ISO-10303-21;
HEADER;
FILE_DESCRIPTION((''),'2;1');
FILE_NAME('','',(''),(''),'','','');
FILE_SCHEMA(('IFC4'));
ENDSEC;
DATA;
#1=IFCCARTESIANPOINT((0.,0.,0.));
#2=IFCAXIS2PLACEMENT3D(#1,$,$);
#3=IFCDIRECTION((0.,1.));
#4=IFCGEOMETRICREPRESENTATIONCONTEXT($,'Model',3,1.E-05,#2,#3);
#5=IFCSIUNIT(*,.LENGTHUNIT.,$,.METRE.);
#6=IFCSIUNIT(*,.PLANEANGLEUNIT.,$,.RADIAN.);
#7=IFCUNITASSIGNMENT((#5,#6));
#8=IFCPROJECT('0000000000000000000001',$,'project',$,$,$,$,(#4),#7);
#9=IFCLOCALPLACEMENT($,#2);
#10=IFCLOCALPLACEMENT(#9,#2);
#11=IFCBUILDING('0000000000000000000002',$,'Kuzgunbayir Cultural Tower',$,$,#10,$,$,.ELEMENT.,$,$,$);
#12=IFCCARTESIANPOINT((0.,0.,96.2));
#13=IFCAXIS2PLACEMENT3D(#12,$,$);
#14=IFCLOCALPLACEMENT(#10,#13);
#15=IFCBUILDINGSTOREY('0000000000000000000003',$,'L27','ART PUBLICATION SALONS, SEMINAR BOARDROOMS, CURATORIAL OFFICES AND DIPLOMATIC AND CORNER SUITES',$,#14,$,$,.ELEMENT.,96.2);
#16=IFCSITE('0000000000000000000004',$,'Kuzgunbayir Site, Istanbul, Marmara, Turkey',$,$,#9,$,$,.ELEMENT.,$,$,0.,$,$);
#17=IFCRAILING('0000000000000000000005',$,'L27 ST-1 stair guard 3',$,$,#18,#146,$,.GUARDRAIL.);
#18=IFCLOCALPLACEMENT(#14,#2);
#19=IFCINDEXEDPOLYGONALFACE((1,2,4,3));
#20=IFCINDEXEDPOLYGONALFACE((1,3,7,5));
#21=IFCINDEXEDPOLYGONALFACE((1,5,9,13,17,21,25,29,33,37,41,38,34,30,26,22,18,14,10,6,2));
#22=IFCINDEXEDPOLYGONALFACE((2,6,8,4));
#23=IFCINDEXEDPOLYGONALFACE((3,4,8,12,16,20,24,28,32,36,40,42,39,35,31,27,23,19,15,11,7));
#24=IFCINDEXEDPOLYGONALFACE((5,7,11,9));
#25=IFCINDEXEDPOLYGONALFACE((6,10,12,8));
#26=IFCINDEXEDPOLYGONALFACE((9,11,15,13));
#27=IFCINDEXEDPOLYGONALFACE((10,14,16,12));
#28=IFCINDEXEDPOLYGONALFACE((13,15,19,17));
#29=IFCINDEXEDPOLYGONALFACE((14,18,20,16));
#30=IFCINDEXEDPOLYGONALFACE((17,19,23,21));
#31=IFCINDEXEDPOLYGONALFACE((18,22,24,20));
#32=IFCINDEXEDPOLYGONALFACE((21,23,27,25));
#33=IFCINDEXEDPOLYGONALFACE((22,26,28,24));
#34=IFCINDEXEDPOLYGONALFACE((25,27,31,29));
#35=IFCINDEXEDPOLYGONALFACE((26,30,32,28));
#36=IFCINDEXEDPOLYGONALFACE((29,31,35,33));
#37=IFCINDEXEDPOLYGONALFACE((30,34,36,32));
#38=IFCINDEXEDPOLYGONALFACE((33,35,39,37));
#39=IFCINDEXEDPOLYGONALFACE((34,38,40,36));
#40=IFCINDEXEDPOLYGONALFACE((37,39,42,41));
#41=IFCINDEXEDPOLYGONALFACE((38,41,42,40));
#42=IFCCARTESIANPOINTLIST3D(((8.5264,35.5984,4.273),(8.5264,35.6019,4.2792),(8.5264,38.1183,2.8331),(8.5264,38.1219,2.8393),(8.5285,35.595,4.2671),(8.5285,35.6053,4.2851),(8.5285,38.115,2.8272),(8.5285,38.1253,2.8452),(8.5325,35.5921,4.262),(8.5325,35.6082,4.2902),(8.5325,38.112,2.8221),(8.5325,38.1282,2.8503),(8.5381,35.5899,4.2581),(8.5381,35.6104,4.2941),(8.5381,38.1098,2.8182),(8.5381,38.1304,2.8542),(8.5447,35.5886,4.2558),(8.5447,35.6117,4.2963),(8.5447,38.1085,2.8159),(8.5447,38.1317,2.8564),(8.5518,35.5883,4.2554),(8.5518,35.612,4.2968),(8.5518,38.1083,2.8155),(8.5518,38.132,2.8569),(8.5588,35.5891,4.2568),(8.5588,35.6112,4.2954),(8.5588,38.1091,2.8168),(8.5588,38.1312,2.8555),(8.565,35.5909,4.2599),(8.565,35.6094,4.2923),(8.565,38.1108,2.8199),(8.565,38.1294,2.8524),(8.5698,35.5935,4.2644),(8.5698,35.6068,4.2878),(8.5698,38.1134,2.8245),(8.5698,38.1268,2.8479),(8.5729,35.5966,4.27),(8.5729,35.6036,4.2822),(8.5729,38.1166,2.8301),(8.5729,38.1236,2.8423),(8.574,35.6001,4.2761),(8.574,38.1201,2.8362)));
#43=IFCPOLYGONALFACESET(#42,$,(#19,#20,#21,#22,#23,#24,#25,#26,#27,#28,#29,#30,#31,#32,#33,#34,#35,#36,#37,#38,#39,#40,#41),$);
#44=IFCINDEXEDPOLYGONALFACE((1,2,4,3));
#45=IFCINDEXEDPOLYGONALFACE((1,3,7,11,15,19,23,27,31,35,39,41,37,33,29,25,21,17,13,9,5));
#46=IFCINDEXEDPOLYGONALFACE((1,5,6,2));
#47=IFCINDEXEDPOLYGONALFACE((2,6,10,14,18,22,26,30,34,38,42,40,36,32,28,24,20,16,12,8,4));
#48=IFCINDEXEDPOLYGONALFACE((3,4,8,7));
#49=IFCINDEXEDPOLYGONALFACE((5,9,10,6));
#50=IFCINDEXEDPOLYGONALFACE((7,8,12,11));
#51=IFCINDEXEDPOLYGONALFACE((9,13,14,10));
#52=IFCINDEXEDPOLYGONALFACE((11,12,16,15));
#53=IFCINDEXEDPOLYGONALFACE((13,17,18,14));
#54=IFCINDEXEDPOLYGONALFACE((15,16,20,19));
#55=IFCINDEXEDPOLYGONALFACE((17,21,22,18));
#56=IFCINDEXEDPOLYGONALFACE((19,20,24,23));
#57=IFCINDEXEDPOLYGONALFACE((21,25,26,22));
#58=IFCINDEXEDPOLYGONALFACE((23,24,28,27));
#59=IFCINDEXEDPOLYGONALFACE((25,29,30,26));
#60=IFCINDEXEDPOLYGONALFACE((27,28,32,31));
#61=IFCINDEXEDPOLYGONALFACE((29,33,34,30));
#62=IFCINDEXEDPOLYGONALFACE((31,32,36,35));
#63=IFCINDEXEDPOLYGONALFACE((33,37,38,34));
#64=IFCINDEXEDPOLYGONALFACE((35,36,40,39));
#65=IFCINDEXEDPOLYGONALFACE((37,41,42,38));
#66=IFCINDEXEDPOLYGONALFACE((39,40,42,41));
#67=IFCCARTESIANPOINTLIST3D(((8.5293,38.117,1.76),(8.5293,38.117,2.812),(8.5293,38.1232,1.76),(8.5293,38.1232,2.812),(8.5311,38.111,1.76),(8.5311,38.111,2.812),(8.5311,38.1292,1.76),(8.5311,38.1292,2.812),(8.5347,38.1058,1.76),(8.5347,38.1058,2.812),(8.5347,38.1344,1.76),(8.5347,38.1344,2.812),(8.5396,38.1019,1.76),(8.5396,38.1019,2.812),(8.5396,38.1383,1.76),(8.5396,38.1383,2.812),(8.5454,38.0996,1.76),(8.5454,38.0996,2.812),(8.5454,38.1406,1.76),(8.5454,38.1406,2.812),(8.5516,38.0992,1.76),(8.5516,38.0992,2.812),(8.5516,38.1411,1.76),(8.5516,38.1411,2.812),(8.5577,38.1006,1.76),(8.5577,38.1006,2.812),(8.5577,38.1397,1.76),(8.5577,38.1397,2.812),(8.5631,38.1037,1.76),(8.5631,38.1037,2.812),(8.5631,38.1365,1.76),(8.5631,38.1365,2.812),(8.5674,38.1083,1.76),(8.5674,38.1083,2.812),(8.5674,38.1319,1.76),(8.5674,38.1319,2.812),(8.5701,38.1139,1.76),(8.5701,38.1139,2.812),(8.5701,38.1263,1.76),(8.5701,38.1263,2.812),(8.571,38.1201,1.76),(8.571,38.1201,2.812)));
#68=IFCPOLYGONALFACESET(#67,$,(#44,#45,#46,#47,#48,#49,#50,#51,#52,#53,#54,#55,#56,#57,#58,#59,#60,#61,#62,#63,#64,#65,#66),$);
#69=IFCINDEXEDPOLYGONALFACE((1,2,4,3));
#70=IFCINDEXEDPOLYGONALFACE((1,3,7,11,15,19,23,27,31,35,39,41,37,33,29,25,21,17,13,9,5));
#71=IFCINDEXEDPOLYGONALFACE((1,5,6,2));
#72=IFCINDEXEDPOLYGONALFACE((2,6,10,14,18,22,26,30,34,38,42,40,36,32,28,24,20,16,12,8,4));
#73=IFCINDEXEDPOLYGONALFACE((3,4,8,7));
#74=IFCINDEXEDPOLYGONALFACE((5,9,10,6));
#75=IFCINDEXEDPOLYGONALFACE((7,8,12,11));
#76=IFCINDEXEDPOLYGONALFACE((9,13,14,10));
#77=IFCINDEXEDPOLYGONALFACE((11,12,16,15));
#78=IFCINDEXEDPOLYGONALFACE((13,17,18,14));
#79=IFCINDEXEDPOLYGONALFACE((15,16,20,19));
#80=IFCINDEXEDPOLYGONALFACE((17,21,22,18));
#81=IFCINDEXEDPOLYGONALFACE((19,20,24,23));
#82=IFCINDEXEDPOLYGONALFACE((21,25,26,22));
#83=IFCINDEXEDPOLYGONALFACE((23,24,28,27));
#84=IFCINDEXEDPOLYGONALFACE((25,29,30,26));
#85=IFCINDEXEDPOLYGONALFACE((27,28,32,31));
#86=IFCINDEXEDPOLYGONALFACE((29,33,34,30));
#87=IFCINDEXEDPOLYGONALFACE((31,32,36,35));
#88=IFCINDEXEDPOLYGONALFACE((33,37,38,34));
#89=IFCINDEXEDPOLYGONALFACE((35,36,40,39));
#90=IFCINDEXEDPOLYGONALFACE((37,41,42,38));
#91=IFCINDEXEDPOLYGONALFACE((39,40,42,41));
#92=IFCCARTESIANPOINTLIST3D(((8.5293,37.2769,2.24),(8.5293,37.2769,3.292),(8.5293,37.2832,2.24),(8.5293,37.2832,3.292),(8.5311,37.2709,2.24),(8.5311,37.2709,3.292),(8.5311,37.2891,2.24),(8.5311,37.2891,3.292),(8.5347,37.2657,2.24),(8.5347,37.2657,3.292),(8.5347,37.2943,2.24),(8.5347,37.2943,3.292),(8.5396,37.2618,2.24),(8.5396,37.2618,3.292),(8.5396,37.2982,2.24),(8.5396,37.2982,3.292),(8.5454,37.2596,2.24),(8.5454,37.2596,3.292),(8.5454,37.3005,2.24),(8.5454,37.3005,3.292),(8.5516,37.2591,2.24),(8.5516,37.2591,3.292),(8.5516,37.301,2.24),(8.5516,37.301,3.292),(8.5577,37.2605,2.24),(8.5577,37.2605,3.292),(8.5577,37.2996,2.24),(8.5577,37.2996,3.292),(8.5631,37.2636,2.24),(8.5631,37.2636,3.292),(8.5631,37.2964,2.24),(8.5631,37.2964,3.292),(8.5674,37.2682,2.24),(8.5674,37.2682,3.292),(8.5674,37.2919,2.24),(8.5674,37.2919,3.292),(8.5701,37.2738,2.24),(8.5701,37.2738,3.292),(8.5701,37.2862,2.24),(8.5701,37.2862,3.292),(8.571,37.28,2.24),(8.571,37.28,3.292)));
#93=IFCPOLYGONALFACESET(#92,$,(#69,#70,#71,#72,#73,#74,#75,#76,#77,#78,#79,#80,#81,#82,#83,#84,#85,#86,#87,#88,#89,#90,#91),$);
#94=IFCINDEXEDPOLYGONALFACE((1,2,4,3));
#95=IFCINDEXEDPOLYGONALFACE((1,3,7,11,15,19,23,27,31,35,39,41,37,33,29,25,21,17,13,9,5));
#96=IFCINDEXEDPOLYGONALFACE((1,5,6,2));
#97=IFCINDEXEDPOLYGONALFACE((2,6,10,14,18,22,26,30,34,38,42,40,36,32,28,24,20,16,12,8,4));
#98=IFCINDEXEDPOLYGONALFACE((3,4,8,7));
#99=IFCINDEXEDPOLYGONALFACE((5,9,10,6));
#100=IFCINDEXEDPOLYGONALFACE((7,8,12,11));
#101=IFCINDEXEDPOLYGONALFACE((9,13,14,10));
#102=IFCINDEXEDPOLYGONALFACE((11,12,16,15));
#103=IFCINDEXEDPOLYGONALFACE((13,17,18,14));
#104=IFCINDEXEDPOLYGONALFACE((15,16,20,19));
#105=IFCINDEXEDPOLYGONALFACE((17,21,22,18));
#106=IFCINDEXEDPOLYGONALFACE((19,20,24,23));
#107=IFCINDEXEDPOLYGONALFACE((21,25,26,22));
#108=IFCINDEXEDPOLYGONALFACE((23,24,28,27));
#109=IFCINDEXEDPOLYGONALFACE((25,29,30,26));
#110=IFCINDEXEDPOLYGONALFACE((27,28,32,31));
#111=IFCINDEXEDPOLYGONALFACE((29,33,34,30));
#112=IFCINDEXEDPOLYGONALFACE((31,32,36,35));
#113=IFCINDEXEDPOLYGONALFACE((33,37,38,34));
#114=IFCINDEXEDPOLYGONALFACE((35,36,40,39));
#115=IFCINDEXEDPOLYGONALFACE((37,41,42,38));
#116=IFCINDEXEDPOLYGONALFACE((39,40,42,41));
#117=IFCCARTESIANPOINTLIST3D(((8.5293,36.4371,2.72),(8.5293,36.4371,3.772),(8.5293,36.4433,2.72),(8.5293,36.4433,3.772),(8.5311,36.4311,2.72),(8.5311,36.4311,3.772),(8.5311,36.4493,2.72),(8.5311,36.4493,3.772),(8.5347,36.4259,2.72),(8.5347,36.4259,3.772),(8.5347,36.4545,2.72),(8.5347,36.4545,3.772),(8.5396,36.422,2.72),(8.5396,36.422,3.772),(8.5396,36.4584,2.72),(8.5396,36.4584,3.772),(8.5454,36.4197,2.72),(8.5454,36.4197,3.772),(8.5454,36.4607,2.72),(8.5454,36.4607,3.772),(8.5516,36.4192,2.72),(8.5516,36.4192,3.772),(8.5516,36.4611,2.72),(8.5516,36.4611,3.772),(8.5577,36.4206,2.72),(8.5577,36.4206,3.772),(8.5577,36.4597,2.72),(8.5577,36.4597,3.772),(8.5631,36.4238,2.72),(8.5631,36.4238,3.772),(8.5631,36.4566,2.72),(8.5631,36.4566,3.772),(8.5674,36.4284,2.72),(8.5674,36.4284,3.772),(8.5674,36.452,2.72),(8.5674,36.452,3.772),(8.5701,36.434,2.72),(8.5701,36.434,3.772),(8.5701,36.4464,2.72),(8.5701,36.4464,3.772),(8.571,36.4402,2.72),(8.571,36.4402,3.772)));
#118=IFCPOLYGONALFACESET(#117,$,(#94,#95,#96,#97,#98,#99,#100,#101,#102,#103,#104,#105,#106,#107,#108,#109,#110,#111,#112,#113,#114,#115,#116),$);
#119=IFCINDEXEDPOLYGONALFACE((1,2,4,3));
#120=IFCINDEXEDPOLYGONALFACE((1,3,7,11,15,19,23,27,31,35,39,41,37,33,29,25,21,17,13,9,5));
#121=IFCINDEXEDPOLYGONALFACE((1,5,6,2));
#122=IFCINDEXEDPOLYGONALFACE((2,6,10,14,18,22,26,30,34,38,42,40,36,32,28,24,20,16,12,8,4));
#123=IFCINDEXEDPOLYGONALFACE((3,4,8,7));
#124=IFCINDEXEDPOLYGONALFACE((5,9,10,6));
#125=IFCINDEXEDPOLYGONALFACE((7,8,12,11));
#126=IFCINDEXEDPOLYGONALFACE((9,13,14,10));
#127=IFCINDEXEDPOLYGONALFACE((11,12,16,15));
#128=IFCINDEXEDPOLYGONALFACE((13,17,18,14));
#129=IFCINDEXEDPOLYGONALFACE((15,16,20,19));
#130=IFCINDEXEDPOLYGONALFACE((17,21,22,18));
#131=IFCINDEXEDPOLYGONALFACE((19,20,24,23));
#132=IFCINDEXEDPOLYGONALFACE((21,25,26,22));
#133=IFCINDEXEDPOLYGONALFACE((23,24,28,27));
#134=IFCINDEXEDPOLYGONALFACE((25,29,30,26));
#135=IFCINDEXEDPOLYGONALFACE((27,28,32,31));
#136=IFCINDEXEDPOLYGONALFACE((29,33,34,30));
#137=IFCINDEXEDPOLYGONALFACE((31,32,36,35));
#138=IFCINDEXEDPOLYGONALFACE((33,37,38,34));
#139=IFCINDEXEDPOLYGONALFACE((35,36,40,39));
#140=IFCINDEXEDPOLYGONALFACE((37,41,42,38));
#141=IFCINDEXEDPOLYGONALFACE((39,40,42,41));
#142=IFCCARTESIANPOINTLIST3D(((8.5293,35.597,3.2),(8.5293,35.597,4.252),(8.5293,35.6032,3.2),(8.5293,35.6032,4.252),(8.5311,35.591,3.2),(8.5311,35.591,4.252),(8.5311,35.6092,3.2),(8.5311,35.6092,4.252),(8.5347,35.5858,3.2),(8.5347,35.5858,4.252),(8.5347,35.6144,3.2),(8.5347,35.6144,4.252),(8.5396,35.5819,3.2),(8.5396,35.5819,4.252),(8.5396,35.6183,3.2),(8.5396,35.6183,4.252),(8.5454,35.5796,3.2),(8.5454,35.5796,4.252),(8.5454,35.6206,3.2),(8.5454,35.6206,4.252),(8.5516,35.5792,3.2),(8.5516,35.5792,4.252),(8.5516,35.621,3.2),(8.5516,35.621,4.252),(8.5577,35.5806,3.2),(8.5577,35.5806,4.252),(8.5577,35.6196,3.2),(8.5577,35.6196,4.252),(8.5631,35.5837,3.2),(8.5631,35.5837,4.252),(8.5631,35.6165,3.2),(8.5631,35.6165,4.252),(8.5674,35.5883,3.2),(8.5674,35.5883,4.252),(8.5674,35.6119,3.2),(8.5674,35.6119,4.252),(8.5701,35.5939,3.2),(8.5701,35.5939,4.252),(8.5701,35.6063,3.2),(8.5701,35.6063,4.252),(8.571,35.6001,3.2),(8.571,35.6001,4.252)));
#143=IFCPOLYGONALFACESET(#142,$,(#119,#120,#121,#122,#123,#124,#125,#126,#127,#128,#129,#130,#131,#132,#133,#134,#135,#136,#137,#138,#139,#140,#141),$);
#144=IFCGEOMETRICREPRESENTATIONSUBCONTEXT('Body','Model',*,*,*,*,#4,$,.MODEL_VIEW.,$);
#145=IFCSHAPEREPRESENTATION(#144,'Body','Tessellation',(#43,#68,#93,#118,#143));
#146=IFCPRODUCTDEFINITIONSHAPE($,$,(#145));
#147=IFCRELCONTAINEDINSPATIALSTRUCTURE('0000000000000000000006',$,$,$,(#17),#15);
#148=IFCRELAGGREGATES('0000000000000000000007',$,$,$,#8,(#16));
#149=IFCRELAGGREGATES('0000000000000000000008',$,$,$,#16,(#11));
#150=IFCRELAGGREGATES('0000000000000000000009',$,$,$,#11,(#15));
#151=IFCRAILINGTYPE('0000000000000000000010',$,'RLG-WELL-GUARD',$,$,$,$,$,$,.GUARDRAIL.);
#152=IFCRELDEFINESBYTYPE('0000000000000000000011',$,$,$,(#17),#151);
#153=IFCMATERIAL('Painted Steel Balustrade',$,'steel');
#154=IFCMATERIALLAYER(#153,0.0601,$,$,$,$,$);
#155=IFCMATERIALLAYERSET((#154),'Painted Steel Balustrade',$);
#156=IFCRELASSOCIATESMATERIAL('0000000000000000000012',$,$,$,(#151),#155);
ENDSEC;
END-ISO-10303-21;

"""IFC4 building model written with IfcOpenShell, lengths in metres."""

from ifc_helpers import new_model, si_unit, direction, frame, origin, origin_2d, place, context, subcontext, project, spatial, circle, extrude, material, layer, layer_set, type_object, element, save


model = new_model("IFC4")

# Units and contexts
model_context = context("Model", 3, precision=1e-05, world=origin(), true_north=direction((0.0, 1.0)))
body_context = subcontext(model_context, "Body", "Model", "MODEL_VIEW")
ifc_project = project(units=[si_unit("LENGTHUNIT", "METRE"), si_unit("PLANEANGLEUNIT", "RADIAN")], contexts=[model_context])

# Site, building, storey
site_placement = place(None, origin())
site = spatial("IfcSite", under=ifc_project, at=site_placement, Name="Kuzgunbayir Site, Istanbul, Marmara, Turkey", CompositionType="ELEMENT", RefElevation=0.0)
building_placement = place(site_placement, origin())
building = spatial("IfcBuilding", under=site, at=building_placement, Name="Kuzgunbayir Cultural Tower", CompositionType="ELEMENT")
storey_placement = place(building_placement, frame((0.0, 0.0, 96.2)))
storey = spatial("IfcBuildingStorey", under=building, at=storey_placement, Name="L27", Description="ART PUBLICATION SALONS, SEMINAR BOARDROOMS, CURATORIAL OFFICES AND DIPLOMATIC AND CORNER SUITES", CompositionType="ELEMENT", Elevation=96.2)

# Railing
ifc_material_1 = material(Name="Painted Steel Balustrade", Category="steel")
ifc_layer_1 = layer(ifc_material_1, 0.0601)
ifc_layer_set_1 = layer_set([ifc_layer_1], Name="Painted Steel Balustrade")
railing_type_1 = type_object("IfcRailingType", Name="RLG-WELL-GUARD", PredefinedType="GUARDRAIL", material=ifc_layer_set_1)
railing_1_placement = place(storey_placement, frame((8.55, 38.1201, 1.76)))
element("IfcRailing", 1, at=railing_1_placement, inside=storey, type_object=railing_type_1, Name="L27 ST-1 stair guard 3", PredefinedType="GUARDRAIL", context=body_context, shape_type="SweptSolid", body=[
    extrude(circle(Radius=0.0239, at=origin_2d()), frame((0.0, 0.0, 1.0762), z_axis=(0.0, -0.868253, 0.496121), x_axis=(1.0, 0.0, 0.0)), (0.0, 0.0, 1.0), 2.9023),
    extrude(circle(Radius=0.021, at=origin_2d()), origin(), (0.0, 0.0, 1.0), 1.052),
    extrude(circle(Radius=0.021, at=origin_2d()), frame((0.0, -0.8401, 0.48)), (0.0, 0.0, 1.0), 1.052),
    extrude(circle(Radius=0.021, at=origin_2d()), frame((0.0, -1.6799, 0.96)), (0.0, 0.0, 1.0), 1.052),
    extrude(circle(Radius=0.021, at=origin_2d()), frame((0.0, -2.52, 1.4399)), (0.0, 0.0, 1.0), 1.052),
])

save(model, "model.ifc")
